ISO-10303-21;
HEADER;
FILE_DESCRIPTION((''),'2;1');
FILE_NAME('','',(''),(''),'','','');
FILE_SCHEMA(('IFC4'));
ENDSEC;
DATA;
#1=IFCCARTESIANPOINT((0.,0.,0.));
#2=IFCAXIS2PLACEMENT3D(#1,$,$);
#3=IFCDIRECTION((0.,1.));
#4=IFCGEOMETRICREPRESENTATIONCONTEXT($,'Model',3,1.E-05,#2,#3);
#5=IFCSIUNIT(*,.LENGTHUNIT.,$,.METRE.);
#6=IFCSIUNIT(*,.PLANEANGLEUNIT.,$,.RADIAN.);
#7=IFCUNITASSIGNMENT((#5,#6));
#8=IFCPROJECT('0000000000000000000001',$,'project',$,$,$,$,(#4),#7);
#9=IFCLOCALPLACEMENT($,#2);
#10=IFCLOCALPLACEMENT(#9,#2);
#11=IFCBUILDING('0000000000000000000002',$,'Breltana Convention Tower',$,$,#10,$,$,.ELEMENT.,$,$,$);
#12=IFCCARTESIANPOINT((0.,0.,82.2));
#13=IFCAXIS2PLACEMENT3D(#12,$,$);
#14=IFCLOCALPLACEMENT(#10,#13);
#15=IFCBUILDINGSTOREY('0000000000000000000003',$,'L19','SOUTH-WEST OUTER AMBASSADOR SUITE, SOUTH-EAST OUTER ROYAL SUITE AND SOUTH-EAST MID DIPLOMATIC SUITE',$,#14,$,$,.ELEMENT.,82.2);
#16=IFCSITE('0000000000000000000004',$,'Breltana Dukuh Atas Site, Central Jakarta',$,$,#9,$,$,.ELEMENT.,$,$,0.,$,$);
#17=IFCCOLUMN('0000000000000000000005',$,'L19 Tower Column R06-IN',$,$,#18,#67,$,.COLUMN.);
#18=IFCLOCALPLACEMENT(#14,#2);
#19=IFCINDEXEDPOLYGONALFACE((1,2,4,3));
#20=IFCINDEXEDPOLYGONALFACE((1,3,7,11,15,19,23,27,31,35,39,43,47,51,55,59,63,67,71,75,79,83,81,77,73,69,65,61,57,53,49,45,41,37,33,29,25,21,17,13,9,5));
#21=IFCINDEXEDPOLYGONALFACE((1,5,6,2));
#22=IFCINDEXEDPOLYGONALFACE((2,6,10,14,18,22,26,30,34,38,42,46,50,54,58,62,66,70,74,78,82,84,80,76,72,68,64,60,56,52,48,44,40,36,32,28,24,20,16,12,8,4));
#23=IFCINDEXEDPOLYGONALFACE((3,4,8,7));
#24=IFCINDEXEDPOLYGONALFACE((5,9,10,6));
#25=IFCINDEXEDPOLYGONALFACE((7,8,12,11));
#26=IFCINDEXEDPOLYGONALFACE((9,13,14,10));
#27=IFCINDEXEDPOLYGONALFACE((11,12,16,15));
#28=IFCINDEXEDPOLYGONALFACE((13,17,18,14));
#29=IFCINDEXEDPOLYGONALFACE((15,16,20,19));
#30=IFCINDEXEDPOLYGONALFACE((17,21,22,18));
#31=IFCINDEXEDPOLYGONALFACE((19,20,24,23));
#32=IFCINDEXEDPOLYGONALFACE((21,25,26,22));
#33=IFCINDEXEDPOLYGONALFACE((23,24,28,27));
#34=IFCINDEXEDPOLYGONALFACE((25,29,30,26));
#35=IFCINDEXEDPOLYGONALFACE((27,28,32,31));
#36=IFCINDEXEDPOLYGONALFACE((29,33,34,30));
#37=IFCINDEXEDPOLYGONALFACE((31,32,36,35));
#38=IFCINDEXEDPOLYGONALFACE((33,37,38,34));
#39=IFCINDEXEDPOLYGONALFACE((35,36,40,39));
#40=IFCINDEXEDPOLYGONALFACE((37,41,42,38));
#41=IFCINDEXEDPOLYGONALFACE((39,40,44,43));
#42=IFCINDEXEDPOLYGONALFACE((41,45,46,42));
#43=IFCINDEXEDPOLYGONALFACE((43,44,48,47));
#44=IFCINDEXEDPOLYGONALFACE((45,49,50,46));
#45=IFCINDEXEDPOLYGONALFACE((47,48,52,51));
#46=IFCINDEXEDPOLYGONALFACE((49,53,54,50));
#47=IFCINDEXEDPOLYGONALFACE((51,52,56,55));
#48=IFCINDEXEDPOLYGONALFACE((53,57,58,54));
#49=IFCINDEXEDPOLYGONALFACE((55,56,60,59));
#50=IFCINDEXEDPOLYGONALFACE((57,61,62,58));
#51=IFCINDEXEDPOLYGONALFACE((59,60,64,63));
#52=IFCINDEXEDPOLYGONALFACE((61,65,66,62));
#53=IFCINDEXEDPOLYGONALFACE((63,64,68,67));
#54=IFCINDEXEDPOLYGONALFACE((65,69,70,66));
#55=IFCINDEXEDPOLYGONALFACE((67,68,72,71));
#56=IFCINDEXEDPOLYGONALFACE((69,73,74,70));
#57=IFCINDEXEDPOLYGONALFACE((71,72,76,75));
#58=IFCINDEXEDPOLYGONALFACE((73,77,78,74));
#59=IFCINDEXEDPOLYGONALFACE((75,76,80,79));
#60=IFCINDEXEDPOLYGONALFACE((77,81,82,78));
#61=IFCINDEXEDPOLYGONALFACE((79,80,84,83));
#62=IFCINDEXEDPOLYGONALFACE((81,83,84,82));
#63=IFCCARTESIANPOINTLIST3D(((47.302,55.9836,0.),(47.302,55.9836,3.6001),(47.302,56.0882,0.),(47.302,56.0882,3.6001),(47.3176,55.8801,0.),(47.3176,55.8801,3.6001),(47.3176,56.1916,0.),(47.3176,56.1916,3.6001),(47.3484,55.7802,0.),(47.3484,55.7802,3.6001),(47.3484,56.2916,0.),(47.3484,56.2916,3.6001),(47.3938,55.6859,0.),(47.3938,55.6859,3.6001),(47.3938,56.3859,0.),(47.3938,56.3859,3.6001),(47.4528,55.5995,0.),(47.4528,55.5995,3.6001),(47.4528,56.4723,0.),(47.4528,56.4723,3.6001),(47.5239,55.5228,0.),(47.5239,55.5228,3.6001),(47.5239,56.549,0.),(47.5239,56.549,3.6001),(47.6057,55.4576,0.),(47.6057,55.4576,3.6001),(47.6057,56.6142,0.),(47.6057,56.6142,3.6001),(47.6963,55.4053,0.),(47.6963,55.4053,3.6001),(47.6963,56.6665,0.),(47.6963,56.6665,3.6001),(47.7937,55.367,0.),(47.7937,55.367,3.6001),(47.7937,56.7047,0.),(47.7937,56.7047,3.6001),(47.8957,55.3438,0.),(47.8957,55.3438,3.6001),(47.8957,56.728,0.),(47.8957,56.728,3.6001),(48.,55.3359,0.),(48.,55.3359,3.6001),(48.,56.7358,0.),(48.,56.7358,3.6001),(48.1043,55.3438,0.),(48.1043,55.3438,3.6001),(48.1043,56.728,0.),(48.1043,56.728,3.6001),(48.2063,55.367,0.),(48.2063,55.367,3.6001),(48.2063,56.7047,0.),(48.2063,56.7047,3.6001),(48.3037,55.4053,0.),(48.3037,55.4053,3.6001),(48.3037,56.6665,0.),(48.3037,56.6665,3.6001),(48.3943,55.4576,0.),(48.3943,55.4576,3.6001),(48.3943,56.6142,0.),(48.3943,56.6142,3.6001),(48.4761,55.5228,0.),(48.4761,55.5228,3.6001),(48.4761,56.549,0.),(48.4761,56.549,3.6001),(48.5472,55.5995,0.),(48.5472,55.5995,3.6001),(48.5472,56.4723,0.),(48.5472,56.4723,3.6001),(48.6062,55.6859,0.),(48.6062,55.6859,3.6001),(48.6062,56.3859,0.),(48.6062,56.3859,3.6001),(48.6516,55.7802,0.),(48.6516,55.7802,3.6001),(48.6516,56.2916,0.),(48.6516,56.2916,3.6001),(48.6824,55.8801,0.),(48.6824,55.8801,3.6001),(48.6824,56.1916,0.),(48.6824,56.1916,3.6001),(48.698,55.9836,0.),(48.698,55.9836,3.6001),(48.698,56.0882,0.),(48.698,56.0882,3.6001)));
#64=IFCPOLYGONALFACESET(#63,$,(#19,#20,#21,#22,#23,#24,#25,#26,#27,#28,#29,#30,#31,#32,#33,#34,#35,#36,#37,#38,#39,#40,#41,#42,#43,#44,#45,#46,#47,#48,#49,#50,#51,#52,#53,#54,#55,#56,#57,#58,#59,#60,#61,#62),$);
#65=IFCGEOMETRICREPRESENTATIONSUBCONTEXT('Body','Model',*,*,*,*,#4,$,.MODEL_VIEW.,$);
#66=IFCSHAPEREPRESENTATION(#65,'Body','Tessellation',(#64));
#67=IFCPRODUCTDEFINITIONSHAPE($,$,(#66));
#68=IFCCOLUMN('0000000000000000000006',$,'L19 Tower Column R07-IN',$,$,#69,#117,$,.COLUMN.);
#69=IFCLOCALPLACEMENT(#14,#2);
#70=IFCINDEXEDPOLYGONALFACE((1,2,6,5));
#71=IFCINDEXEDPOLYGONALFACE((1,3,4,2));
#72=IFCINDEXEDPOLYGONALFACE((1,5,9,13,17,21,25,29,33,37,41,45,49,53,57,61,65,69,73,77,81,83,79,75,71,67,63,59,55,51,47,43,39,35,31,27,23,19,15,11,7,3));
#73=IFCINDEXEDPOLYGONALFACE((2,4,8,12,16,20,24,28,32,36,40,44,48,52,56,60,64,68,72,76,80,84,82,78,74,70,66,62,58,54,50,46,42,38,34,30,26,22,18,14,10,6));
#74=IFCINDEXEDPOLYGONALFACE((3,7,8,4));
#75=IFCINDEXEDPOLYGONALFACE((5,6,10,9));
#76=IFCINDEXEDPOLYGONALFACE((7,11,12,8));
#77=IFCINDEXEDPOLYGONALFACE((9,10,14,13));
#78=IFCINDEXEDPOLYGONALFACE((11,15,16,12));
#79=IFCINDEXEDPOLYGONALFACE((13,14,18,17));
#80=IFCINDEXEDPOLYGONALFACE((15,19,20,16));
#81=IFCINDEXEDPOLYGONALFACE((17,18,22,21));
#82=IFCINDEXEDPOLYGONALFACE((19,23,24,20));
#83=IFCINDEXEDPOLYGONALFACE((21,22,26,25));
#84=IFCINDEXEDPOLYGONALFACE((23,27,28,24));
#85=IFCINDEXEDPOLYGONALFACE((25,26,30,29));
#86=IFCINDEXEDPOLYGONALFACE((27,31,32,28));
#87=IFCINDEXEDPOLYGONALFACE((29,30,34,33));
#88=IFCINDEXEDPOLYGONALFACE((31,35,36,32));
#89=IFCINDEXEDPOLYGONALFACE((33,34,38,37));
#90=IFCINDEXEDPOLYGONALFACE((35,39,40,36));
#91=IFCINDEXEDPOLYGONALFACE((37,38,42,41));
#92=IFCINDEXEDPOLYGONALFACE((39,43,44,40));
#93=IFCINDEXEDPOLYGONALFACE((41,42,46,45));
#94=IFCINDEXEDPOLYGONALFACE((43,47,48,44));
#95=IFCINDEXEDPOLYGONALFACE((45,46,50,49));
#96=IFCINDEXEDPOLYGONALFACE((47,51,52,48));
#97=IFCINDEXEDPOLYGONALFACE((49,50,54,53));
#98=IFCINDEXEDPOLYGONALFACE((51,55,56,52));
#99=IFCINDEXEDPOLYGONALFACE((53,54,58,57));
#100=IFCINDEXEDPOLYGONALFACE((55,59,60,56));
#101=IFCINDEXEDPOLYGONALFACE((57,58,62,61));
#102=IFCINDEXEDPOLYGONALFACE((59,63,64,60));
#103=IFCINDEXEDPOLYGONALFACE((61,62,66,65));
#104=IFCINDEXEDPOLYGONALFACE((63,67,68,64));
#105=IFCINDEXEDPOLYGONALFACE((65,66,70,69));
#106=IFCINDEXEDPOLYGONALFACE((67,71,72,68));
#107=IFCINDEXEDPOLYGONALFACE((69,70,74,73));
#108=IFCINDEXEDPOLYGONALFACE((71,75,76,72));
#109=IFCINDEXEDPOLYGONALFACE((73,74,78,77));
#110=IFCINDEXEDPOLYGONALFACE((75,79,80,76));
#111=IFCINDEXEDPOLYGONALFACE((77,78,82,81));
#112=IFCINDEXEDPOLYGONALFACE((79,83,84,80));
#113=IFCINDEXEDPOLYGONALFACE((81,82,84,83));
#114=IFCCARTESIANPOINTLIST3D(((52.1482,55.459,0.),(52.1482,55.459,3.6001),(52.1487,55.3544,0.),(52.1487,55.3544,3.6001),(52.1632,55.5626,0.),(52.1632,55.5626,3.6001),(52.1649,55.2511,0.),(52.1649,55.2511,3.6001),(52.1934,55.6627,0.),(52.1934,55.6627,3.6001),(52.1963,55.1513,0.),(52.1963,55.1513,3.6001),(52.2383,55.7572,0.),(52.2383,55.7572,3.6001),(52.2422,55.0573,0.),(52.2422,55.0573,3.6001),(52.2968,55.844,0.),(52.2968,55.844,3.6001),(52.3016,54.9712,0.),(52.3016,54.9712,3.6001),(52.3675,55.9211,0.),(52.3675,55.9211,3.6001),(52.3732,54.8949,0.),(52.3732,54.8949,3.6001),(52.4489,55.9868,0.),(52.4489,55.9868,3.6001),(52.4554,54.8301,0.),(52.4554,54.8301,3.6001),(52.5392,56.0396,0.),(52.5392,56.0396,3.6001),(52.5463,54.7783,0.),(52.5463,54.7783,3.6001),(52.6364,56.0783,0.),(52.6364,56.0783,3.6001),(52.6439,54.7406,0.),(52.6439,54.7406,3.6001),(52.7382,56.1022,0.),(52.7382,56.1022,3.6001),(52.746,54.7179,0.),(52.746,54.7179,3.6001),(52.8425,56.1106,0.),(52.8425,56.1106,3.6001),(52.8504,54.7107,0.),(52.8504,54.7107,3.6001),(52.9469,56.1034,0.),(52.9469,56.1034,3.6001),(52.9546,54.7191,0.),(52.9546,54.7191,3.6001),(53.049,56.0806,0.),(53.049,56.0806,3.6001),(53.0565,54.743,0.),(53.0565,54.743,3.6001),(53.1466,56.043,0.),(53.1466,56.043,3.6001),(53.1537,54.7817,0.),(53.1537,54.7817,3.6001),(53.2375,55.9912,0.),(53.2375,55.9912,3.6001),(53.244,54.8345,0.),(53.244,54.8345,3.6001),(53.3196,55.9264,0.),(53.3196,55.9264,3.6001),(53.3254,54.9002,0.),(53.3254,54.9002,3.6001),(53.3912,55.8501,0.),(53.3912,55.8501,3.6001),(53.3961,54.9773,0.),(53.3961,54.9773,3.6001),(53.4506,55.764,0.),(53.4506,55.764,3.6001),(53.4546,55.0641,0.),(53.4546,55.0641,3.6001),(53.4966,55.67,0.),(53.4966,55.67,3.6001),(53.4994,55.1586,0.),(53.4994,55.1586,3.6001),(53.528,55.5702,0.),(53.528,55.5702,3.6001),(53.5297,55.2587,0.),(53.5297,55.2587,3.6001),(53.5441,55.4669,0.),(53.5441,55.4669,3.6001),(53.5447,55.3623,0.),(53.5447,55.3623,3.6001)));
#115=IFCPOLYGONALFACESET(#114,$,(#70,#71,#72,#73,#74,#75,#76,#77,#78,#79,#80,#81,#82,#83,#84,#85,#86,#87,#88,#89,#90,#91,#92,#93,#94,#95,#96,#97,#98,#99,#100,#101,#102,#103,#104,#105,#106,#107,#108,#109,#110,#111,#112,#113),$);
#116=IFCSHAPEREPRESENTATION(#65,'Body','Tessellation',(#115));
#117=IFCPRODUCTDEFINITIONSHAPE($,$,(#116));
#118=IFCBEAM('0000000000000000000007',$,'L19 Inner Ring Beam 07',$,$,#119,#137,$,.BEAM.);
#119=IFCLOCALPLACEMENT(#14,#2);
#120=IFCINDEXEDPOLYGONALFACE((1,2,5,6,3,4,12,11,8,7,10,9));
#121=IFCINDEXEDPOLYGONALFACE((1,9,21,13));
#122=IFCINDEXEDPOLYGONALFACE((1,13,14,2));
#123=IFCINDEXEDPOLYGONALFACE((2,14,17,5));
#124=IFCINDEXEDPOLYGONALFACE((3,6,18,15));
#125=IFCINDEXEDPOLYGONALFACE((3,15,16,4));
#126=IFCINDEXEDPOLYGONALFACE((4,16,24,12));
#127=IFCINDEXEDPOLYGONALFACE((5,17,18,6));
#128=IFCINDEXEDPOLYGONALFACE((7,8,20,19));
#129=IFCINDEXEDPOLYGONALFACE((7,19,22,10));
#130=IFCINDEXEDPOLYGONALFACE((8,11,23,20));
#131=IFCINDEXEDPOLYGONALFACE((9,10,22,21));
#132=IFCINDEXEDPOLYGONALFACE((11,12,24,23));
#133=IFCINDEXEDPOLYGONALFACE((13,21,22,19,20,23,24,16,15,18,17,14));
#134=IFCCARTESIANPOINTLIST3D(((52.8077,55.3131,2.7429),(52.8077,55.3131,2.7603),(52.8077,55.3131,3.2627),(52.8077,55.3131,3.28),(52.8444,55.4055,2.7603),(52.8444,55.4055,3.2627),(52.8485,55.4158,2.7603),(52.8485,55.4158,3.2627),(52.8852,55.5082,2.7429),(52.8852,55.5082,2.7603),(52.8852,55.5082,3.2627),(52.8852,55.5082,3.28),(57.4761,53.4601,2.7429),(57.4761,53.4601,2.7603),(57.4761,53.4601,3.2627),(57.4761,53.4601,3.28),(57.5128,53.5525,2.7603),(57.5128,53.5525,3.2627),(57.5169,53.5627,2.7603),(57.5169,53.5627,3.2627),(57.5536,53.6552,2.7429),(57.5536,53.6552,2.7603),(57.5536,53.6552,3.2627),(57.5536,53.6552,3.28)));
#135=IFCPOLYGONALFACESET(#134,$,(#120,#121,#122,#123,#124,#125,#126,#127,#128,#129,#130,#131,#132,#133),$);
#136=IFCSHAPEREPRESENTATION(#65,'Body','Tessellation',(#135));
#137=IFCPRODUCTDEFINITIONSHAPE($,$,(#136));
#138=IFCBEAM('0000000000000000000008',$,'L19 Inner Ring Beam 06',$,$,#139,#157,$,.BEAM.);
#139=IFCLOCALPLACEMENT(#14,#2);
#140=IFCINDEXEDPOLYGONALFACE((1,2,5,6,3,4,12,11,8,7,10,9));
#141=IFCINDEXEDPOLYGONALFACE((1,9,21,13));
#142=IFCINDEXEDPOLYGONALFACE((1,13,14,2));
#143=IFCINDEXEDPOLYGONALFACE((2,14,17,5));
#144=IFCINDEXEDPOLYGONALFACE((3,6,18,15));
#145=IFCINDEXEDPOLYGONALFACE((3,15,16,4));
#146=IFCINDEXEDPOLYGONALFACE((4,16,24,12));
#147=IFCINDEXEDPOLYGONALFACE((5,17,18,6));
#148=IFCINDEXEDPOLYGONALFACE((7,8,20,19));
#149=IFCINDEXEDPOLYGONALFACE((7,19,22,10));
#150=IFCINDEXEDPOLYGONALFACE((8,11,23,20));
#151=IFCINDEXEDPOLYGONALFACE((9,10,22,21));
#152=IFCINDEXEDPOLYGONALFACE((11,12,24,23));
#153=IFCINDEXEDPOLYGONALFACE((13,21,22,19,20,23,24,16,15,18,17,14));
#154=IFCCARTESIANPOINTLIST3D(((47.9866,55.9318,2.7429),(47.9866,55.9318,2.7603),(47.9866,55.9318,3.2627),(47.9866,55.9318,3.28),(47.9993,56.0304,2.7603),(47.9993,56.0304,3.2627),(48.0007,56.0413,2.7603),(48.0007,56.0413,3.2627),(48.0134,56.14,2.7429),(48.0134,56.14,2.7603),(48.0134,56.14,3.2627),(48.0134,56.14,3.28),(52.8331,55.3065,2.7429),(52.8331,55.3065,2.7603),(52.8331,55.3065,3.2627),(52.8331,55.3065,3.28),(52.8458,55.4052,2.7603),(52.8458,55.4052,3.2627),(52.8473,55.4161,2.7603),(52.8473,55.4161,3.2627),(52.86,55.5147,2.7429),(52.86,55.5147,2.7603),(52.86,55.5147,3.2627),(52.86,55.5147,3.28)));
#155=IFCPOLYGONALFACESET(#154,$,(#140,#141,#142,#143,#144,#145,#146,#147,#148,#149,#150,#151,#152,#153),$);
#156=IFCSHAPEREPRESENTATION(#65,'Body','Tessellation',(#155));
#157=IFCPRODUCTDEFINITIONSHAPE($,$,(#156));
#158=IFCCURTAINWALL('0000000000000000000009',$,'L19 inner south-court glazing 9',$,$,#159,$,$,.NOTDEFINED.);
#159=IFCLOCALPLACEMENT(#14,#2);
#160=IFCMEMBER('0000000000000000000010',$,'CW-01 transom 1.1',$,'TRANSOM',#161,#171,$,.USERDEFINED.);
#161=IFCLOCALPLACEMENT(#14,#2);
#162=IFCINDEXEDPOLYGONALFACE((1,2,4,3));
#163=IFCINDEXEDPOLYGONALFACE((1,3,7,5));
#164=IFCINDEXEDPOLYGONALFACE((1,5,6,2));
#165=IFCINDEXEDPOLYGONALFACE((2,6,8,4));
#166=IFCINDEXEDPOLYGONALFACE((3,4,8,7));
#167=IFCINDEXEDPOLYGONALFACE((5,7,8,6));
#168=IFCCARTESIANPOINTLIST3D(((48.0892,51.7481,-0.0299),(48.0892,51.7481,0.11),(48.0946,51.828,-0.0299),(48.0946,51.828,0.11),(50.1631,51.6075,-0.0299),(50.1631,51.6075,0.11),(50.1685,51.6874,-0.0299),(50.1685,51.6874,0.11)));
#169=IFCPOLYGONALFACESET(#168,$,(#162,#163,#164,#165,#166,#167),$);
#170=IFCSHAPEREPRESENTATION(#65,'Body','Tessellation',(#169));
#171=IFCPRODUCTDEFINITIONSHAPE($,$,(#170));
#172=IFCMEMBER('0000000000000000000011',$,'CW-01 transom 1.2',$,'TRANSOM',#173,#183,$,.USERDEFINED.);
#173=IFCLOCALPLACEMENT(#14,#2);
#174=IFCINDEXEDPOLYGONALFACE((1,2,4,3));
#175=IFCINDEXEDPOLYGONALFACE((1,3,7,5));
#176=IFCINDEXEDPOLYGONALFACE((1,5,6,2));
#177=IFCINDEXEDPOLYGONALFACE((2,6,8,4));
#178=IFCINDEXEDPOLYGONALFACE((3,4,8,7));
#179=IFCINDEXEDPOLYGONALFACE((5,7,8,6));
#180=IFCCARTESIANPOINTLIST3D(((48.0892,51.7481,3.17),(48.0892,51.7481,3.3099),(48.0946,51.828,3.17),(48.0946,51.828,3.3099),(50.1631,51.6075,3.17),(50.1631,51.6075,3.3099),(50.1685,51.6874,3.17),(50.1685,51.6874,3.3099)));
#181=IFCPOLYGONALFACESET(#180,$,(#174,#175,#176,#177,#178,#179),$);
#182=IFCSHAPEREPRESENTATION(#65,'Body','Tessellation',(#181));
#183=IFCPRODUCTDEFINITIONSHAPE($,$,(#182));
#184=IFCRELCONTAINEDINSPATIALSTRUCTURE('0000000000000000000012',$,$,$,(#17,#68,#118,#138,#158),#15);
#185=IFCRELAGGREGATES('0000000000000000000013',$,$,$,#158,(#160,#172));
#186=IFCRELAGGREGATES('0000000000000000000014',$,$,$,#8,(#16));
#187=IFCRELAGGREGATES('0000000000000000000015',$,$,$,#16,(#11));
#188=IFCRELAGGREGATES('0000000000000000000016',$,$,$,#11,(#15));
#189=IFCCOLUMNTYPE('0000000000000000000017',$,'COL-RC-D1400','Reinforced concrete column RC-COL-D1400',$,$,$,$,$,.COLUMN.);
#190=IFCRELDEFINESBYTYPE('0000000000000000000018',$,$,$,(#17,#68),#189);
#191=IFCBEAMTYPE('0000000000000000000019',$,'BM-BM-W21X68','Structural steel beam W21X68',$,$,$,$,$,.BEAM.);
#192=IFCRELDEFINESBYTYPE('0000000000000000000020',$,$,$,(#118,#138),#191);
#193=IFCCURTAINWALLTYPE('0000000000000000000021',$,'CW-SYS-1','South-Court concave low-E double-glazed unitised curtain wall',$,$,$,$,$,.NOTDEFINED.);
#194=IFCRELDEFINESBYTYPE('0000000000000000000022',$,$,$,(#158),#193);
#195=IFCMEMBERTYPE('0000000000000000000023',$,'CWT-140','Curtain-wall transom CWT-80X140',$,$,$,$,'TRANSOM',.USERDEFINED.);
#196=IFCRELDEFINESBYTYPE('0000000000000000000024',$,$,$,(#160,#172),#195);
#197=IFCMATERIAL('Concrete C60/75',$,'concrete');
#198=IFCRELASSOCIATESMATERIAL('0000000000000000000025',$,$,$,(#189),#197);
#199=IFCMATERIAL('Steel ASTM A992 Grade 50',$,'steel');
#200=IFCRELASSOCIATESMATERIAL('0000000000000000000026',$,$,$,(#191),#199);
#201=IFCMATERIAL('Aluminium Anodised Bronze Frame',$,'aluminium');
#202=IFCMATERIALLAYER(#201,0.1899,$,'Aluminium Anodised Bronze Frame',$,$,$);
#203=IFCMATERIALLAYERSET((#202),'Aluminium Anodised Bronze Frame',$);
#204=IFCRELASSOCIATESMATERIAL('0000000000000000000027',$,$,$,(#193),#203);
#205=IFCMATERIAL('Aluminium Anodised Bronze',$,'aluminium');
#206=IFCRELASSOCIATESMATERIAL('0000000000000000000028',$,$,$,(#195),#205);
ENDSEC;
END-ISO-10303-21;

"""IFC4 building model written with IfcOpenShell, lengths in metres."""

from ifc_helpers import new_model, si_unit, direction, frame, origin, origin_2d, place, context, subcontext, project, spatial, rectangle, circle, i_section, extrude, source, transform, mapped, material, layer, layer_set, material_profile, profile_set, type_object, element, aggregate, save


model = new_model("IFC4")

# Units and contexts
model_context = context("Model", 3, precision=1e-05, world=origin(), true_north=direction((0.0, 1.0)))
body_context = subcontext(model_context, "Body", "Model", "MODEL_VIEW")
ifc_project = project(units=[si_unit("LENGTHUNIT", "METRE"), si_unit("PLANEANGLEUNIT", "RADIAN")], contexts=[model_context])

# Site, building, storey
site_placement = place(None, origin())
site = spatial("IfcSite", under=ifc_project, at=site_placement, Name="Breltana Dukuh Atas Site, Central Jakarta", CompositionType="ELEMENT", RefElevation=0.0)
building_placement = place(site_placement, origin())
building = spatial("IfcBuilding", under=site, at=building_placement, Name="Breltana Convention Tower", CompositionType="ELEMENT")
storey_placement = place(building_placement, frame((0.0, 0.0, 82.2)))
storey = spatial("IfcBuildingStorey", under=building, at=storey_placement, Name="L19", Description="SOUTH-WEST OUTER AMBASSADOR SUITE, SOUTH-EAST OUTER ROYAL SUITE AND SOUTH-EAST MID DIPLOMATIC SUITE", CompositionType="ELEMENT", Elevation=82.2)

# Columns
ifc_material_1 = material(Name="Concrete C60/75", Category="concrete")
ifc_material_profile_1 = material_profile(ifc_material_1, circle(Radius=0.7, at=origin_2d()), Name="RC-COL-D1400")
ifc_profile_set_1 = profile_set([ifc_material_profile_1], Name="Concrete C60/75")
column_type = type_object("IfcColumnType", Name="COL-RC-D1400", Description="Reinforced concrete column RC-COL-D1400", PredefinedType="COLUMN", material=ifc_profile_set_1)
shared_shape_1 = source(origin(), body_context, "Body", "SweptSolid", [
    extrude(circle(Radius=0.7, at=origin_2d()), origin(), (0.0, 0.0, 1.0), 3.6001),
])
for number, where, z_axis, x_axis, name in (
    (1, (48.0, 56.0359, 0.0), (0.0, 0.0, 1.0), (0.0, 1.0, 0.0), "L19 Tower Column R06-IN"),
    (2, (52.8464, 55.4106, 0.0), (0.0, 0.0, 1.0), (0.143493, 0.989651, 0.0), "L19 Tower Column R07-IN"),
):
    element("IfcColumn", number, at=place(storey_placement, frame(where, z_axis=z_axis, x_axis=x_axis)), inside=storey, type_object=column_type, Name=name, PredefinedType="COLUMN", context=body_context, shape_type="MappedRepresentation", body=[
        mapped(shared_shape_1, transform((0.0, 0.0, 0.0), scale=1.0)),
    ])

# Beams
ifc_material_2 = material(Name="Steel ASTM A992 Grade 50", Category="steel")
ifc_material_profile_2 = material_profile(ifc_material_2, i_section(OverallWidth=0.21, OverallDepth=0.5371, WebThickness=0.011, FlangeThickness=0.0173, at=origin_2d()), Name="W21X68")
ifc_profile_set_2 = profile_set([ifc_material_profile_2], Name="Steel ASTM A992 Grade 50")
beam_type = type_object("IfcBeamType", Name="BM-BM-W21X68", Description="Structural steel beam W21X68", PredefinedType="BEAM", material=ifc_profile_set_2)
shared_shape_2 = source(origin(), body_context, "Body", "SweptSolid", [
    extrude(i_section(OverallWidth=0.21, OverallDepth=0.5371, WebThickness=0.011, FlangeThickness=0.0173, at=origin_2d()), origin(), (0.0, 0.0, 1.0), 5.0227),
])
beam_1_placement = place(storey_placement, frame((52.8464, 55.4106, 3.0115), z_axis=(0.929459, -0.368926, 0.0), x_axis=(0.368926, 0.929459, 0.0)))
element("IfcBeam", 3, at=beam_1_placement, inside=storey, type_object=beam_type, Name="L19 Inner Ring Beam 07", PredefinedType="BEAM", context=body_context, shape_type="MappedRepresentation", body=[
    mapped(shared_shape_2, transform((0.0, 0.0, 0.0), scale=1.0)),
])
shared_shape_3 = source(origin(), body_context, "Body", "SweptSolid", [
    extrude(i_section(OverallWidth=0.21, OverallDepth=0.5371, WebThickness=0.011, FlangeThickness=0.0173, at=origin_2d()), origin(), (0.0, 0.0, 1.0), 4.8867),
])
beam_2_placement = place(storey_placement, frame((48.0, 56.0359, 3.0115), z_axis=(0.991781, -0.127951, 0.0), x_axis=(0.127951, 0.991781, 0.0)))
element("IfcBeam", 4, at=beam_2_placement, inside=storey, type_object=beam_type, Name="L19 Inner Ring Beam 06", PredefinedType="BEAM", context=body_context, shape_type="MappedRepresentation", body=[
    mapped(shared_shape_3, transform((0.0, 0.0, 0.0), scale=1.0)),
])

# Curtain wall, members
ifc_material_3 = material(Name="Aluminium Anodised Bronze Frame", Category="aluminium")
ifc_layer_1 = layer(ifc_material_3, 0.1899, Name="Aluminium Anodised Bronze Frame")
ifc_layer_set_1 = layer_set([ifc_layer_1], Name="Aluminium Anodised Bronze Frame")
curtain_wall_type = type_object("IfcCurtainWallType", Name="CW-SYS-1", Description="South-Court concave low-E double-glazed unitised curtain wall", PredefinedType="NOTDEFINED", material=ifc_layer_set_1)
curtain_wall_1_placement = place(storey_placement, origin())
curtain_wall_1 = element("IfcCurtainWall", 5, at=curtain_wall_1_placement, inside=storey, type_object=curtain_wall_type, Name="L19 inner south-court glazing 9", PredefinedType="NOTDEFINED")
ifc_material_4 = material(Name="Aluminium Anodised Bronze", Category="aluminium")
ifc_material_profile_3 = material_profile(ifc_material_4, rectangle(XDim=0.0801, YDim=0.1399, at=origin_2d()), Name="CWT-80X140")
ifc_profile_set_3 = profile_set([ifc_material_profile_3], Name="Aluminium Anodised Bronze")
member_type_1 = type_object("IfcMemberType", Name="CWT-140", Description="Curtain-wall transom CWT-80X140", ElementType="TRANSOM", PredefinedType="USERDEFINED", material=ifc_profile_set_3)
shared_shape_4 = source(origin(), body_context, "Body", "SweptSolid", [
    extrude(rectangle(XDim=0.0801, YDim=0.1399, at=origin_2d()), origin(), (0.0, 0.0, 1.0), 2.0786),
])
member_1_placement = place(storey_placement, frame((50.1658, 51.6475, 0.04), z_axis=(-0.997709, 0.067657, 0.0), x_axis=(-0.067657, -0.997709, 0.0)))
member_1 = element("IfcMember", 6, at=member_1_placement, type_object=member_type_1, Name="CW-01 transom 1.1", ObjectType="TRANSOM", PredefinedType="USERDEFINED", context=body_context, shape_type="MappedRepresentation", body=[
    mapped(shared_shape_4, transform((0.0, 0.0, 0.0), scale=1.0)),
])
member_2_placement = place(storey_placement, frame((50.1658, 51.6475, 3.24), z_axis=(-0.997709, 0.067657, 0.0), x_axis=(-0.067657, -0.997709, 0.0)))
member_2 = element("IfcMember", 7, at=member_2_placement, type_object=member_type_1, Name="CW-01 transom 1.2", ObjectType="TRANSOM", PredefinedType="USERDEFINED", context=body_context, shape_type="MappedRepresentation", body=[
    mapped(shared_shape_4, transform((0.0, 0.0, 0.0), scale=1.0)),
])

aggregate(curtain_wall_1, [member_1, member_2])

save(model, "model.ifc")
